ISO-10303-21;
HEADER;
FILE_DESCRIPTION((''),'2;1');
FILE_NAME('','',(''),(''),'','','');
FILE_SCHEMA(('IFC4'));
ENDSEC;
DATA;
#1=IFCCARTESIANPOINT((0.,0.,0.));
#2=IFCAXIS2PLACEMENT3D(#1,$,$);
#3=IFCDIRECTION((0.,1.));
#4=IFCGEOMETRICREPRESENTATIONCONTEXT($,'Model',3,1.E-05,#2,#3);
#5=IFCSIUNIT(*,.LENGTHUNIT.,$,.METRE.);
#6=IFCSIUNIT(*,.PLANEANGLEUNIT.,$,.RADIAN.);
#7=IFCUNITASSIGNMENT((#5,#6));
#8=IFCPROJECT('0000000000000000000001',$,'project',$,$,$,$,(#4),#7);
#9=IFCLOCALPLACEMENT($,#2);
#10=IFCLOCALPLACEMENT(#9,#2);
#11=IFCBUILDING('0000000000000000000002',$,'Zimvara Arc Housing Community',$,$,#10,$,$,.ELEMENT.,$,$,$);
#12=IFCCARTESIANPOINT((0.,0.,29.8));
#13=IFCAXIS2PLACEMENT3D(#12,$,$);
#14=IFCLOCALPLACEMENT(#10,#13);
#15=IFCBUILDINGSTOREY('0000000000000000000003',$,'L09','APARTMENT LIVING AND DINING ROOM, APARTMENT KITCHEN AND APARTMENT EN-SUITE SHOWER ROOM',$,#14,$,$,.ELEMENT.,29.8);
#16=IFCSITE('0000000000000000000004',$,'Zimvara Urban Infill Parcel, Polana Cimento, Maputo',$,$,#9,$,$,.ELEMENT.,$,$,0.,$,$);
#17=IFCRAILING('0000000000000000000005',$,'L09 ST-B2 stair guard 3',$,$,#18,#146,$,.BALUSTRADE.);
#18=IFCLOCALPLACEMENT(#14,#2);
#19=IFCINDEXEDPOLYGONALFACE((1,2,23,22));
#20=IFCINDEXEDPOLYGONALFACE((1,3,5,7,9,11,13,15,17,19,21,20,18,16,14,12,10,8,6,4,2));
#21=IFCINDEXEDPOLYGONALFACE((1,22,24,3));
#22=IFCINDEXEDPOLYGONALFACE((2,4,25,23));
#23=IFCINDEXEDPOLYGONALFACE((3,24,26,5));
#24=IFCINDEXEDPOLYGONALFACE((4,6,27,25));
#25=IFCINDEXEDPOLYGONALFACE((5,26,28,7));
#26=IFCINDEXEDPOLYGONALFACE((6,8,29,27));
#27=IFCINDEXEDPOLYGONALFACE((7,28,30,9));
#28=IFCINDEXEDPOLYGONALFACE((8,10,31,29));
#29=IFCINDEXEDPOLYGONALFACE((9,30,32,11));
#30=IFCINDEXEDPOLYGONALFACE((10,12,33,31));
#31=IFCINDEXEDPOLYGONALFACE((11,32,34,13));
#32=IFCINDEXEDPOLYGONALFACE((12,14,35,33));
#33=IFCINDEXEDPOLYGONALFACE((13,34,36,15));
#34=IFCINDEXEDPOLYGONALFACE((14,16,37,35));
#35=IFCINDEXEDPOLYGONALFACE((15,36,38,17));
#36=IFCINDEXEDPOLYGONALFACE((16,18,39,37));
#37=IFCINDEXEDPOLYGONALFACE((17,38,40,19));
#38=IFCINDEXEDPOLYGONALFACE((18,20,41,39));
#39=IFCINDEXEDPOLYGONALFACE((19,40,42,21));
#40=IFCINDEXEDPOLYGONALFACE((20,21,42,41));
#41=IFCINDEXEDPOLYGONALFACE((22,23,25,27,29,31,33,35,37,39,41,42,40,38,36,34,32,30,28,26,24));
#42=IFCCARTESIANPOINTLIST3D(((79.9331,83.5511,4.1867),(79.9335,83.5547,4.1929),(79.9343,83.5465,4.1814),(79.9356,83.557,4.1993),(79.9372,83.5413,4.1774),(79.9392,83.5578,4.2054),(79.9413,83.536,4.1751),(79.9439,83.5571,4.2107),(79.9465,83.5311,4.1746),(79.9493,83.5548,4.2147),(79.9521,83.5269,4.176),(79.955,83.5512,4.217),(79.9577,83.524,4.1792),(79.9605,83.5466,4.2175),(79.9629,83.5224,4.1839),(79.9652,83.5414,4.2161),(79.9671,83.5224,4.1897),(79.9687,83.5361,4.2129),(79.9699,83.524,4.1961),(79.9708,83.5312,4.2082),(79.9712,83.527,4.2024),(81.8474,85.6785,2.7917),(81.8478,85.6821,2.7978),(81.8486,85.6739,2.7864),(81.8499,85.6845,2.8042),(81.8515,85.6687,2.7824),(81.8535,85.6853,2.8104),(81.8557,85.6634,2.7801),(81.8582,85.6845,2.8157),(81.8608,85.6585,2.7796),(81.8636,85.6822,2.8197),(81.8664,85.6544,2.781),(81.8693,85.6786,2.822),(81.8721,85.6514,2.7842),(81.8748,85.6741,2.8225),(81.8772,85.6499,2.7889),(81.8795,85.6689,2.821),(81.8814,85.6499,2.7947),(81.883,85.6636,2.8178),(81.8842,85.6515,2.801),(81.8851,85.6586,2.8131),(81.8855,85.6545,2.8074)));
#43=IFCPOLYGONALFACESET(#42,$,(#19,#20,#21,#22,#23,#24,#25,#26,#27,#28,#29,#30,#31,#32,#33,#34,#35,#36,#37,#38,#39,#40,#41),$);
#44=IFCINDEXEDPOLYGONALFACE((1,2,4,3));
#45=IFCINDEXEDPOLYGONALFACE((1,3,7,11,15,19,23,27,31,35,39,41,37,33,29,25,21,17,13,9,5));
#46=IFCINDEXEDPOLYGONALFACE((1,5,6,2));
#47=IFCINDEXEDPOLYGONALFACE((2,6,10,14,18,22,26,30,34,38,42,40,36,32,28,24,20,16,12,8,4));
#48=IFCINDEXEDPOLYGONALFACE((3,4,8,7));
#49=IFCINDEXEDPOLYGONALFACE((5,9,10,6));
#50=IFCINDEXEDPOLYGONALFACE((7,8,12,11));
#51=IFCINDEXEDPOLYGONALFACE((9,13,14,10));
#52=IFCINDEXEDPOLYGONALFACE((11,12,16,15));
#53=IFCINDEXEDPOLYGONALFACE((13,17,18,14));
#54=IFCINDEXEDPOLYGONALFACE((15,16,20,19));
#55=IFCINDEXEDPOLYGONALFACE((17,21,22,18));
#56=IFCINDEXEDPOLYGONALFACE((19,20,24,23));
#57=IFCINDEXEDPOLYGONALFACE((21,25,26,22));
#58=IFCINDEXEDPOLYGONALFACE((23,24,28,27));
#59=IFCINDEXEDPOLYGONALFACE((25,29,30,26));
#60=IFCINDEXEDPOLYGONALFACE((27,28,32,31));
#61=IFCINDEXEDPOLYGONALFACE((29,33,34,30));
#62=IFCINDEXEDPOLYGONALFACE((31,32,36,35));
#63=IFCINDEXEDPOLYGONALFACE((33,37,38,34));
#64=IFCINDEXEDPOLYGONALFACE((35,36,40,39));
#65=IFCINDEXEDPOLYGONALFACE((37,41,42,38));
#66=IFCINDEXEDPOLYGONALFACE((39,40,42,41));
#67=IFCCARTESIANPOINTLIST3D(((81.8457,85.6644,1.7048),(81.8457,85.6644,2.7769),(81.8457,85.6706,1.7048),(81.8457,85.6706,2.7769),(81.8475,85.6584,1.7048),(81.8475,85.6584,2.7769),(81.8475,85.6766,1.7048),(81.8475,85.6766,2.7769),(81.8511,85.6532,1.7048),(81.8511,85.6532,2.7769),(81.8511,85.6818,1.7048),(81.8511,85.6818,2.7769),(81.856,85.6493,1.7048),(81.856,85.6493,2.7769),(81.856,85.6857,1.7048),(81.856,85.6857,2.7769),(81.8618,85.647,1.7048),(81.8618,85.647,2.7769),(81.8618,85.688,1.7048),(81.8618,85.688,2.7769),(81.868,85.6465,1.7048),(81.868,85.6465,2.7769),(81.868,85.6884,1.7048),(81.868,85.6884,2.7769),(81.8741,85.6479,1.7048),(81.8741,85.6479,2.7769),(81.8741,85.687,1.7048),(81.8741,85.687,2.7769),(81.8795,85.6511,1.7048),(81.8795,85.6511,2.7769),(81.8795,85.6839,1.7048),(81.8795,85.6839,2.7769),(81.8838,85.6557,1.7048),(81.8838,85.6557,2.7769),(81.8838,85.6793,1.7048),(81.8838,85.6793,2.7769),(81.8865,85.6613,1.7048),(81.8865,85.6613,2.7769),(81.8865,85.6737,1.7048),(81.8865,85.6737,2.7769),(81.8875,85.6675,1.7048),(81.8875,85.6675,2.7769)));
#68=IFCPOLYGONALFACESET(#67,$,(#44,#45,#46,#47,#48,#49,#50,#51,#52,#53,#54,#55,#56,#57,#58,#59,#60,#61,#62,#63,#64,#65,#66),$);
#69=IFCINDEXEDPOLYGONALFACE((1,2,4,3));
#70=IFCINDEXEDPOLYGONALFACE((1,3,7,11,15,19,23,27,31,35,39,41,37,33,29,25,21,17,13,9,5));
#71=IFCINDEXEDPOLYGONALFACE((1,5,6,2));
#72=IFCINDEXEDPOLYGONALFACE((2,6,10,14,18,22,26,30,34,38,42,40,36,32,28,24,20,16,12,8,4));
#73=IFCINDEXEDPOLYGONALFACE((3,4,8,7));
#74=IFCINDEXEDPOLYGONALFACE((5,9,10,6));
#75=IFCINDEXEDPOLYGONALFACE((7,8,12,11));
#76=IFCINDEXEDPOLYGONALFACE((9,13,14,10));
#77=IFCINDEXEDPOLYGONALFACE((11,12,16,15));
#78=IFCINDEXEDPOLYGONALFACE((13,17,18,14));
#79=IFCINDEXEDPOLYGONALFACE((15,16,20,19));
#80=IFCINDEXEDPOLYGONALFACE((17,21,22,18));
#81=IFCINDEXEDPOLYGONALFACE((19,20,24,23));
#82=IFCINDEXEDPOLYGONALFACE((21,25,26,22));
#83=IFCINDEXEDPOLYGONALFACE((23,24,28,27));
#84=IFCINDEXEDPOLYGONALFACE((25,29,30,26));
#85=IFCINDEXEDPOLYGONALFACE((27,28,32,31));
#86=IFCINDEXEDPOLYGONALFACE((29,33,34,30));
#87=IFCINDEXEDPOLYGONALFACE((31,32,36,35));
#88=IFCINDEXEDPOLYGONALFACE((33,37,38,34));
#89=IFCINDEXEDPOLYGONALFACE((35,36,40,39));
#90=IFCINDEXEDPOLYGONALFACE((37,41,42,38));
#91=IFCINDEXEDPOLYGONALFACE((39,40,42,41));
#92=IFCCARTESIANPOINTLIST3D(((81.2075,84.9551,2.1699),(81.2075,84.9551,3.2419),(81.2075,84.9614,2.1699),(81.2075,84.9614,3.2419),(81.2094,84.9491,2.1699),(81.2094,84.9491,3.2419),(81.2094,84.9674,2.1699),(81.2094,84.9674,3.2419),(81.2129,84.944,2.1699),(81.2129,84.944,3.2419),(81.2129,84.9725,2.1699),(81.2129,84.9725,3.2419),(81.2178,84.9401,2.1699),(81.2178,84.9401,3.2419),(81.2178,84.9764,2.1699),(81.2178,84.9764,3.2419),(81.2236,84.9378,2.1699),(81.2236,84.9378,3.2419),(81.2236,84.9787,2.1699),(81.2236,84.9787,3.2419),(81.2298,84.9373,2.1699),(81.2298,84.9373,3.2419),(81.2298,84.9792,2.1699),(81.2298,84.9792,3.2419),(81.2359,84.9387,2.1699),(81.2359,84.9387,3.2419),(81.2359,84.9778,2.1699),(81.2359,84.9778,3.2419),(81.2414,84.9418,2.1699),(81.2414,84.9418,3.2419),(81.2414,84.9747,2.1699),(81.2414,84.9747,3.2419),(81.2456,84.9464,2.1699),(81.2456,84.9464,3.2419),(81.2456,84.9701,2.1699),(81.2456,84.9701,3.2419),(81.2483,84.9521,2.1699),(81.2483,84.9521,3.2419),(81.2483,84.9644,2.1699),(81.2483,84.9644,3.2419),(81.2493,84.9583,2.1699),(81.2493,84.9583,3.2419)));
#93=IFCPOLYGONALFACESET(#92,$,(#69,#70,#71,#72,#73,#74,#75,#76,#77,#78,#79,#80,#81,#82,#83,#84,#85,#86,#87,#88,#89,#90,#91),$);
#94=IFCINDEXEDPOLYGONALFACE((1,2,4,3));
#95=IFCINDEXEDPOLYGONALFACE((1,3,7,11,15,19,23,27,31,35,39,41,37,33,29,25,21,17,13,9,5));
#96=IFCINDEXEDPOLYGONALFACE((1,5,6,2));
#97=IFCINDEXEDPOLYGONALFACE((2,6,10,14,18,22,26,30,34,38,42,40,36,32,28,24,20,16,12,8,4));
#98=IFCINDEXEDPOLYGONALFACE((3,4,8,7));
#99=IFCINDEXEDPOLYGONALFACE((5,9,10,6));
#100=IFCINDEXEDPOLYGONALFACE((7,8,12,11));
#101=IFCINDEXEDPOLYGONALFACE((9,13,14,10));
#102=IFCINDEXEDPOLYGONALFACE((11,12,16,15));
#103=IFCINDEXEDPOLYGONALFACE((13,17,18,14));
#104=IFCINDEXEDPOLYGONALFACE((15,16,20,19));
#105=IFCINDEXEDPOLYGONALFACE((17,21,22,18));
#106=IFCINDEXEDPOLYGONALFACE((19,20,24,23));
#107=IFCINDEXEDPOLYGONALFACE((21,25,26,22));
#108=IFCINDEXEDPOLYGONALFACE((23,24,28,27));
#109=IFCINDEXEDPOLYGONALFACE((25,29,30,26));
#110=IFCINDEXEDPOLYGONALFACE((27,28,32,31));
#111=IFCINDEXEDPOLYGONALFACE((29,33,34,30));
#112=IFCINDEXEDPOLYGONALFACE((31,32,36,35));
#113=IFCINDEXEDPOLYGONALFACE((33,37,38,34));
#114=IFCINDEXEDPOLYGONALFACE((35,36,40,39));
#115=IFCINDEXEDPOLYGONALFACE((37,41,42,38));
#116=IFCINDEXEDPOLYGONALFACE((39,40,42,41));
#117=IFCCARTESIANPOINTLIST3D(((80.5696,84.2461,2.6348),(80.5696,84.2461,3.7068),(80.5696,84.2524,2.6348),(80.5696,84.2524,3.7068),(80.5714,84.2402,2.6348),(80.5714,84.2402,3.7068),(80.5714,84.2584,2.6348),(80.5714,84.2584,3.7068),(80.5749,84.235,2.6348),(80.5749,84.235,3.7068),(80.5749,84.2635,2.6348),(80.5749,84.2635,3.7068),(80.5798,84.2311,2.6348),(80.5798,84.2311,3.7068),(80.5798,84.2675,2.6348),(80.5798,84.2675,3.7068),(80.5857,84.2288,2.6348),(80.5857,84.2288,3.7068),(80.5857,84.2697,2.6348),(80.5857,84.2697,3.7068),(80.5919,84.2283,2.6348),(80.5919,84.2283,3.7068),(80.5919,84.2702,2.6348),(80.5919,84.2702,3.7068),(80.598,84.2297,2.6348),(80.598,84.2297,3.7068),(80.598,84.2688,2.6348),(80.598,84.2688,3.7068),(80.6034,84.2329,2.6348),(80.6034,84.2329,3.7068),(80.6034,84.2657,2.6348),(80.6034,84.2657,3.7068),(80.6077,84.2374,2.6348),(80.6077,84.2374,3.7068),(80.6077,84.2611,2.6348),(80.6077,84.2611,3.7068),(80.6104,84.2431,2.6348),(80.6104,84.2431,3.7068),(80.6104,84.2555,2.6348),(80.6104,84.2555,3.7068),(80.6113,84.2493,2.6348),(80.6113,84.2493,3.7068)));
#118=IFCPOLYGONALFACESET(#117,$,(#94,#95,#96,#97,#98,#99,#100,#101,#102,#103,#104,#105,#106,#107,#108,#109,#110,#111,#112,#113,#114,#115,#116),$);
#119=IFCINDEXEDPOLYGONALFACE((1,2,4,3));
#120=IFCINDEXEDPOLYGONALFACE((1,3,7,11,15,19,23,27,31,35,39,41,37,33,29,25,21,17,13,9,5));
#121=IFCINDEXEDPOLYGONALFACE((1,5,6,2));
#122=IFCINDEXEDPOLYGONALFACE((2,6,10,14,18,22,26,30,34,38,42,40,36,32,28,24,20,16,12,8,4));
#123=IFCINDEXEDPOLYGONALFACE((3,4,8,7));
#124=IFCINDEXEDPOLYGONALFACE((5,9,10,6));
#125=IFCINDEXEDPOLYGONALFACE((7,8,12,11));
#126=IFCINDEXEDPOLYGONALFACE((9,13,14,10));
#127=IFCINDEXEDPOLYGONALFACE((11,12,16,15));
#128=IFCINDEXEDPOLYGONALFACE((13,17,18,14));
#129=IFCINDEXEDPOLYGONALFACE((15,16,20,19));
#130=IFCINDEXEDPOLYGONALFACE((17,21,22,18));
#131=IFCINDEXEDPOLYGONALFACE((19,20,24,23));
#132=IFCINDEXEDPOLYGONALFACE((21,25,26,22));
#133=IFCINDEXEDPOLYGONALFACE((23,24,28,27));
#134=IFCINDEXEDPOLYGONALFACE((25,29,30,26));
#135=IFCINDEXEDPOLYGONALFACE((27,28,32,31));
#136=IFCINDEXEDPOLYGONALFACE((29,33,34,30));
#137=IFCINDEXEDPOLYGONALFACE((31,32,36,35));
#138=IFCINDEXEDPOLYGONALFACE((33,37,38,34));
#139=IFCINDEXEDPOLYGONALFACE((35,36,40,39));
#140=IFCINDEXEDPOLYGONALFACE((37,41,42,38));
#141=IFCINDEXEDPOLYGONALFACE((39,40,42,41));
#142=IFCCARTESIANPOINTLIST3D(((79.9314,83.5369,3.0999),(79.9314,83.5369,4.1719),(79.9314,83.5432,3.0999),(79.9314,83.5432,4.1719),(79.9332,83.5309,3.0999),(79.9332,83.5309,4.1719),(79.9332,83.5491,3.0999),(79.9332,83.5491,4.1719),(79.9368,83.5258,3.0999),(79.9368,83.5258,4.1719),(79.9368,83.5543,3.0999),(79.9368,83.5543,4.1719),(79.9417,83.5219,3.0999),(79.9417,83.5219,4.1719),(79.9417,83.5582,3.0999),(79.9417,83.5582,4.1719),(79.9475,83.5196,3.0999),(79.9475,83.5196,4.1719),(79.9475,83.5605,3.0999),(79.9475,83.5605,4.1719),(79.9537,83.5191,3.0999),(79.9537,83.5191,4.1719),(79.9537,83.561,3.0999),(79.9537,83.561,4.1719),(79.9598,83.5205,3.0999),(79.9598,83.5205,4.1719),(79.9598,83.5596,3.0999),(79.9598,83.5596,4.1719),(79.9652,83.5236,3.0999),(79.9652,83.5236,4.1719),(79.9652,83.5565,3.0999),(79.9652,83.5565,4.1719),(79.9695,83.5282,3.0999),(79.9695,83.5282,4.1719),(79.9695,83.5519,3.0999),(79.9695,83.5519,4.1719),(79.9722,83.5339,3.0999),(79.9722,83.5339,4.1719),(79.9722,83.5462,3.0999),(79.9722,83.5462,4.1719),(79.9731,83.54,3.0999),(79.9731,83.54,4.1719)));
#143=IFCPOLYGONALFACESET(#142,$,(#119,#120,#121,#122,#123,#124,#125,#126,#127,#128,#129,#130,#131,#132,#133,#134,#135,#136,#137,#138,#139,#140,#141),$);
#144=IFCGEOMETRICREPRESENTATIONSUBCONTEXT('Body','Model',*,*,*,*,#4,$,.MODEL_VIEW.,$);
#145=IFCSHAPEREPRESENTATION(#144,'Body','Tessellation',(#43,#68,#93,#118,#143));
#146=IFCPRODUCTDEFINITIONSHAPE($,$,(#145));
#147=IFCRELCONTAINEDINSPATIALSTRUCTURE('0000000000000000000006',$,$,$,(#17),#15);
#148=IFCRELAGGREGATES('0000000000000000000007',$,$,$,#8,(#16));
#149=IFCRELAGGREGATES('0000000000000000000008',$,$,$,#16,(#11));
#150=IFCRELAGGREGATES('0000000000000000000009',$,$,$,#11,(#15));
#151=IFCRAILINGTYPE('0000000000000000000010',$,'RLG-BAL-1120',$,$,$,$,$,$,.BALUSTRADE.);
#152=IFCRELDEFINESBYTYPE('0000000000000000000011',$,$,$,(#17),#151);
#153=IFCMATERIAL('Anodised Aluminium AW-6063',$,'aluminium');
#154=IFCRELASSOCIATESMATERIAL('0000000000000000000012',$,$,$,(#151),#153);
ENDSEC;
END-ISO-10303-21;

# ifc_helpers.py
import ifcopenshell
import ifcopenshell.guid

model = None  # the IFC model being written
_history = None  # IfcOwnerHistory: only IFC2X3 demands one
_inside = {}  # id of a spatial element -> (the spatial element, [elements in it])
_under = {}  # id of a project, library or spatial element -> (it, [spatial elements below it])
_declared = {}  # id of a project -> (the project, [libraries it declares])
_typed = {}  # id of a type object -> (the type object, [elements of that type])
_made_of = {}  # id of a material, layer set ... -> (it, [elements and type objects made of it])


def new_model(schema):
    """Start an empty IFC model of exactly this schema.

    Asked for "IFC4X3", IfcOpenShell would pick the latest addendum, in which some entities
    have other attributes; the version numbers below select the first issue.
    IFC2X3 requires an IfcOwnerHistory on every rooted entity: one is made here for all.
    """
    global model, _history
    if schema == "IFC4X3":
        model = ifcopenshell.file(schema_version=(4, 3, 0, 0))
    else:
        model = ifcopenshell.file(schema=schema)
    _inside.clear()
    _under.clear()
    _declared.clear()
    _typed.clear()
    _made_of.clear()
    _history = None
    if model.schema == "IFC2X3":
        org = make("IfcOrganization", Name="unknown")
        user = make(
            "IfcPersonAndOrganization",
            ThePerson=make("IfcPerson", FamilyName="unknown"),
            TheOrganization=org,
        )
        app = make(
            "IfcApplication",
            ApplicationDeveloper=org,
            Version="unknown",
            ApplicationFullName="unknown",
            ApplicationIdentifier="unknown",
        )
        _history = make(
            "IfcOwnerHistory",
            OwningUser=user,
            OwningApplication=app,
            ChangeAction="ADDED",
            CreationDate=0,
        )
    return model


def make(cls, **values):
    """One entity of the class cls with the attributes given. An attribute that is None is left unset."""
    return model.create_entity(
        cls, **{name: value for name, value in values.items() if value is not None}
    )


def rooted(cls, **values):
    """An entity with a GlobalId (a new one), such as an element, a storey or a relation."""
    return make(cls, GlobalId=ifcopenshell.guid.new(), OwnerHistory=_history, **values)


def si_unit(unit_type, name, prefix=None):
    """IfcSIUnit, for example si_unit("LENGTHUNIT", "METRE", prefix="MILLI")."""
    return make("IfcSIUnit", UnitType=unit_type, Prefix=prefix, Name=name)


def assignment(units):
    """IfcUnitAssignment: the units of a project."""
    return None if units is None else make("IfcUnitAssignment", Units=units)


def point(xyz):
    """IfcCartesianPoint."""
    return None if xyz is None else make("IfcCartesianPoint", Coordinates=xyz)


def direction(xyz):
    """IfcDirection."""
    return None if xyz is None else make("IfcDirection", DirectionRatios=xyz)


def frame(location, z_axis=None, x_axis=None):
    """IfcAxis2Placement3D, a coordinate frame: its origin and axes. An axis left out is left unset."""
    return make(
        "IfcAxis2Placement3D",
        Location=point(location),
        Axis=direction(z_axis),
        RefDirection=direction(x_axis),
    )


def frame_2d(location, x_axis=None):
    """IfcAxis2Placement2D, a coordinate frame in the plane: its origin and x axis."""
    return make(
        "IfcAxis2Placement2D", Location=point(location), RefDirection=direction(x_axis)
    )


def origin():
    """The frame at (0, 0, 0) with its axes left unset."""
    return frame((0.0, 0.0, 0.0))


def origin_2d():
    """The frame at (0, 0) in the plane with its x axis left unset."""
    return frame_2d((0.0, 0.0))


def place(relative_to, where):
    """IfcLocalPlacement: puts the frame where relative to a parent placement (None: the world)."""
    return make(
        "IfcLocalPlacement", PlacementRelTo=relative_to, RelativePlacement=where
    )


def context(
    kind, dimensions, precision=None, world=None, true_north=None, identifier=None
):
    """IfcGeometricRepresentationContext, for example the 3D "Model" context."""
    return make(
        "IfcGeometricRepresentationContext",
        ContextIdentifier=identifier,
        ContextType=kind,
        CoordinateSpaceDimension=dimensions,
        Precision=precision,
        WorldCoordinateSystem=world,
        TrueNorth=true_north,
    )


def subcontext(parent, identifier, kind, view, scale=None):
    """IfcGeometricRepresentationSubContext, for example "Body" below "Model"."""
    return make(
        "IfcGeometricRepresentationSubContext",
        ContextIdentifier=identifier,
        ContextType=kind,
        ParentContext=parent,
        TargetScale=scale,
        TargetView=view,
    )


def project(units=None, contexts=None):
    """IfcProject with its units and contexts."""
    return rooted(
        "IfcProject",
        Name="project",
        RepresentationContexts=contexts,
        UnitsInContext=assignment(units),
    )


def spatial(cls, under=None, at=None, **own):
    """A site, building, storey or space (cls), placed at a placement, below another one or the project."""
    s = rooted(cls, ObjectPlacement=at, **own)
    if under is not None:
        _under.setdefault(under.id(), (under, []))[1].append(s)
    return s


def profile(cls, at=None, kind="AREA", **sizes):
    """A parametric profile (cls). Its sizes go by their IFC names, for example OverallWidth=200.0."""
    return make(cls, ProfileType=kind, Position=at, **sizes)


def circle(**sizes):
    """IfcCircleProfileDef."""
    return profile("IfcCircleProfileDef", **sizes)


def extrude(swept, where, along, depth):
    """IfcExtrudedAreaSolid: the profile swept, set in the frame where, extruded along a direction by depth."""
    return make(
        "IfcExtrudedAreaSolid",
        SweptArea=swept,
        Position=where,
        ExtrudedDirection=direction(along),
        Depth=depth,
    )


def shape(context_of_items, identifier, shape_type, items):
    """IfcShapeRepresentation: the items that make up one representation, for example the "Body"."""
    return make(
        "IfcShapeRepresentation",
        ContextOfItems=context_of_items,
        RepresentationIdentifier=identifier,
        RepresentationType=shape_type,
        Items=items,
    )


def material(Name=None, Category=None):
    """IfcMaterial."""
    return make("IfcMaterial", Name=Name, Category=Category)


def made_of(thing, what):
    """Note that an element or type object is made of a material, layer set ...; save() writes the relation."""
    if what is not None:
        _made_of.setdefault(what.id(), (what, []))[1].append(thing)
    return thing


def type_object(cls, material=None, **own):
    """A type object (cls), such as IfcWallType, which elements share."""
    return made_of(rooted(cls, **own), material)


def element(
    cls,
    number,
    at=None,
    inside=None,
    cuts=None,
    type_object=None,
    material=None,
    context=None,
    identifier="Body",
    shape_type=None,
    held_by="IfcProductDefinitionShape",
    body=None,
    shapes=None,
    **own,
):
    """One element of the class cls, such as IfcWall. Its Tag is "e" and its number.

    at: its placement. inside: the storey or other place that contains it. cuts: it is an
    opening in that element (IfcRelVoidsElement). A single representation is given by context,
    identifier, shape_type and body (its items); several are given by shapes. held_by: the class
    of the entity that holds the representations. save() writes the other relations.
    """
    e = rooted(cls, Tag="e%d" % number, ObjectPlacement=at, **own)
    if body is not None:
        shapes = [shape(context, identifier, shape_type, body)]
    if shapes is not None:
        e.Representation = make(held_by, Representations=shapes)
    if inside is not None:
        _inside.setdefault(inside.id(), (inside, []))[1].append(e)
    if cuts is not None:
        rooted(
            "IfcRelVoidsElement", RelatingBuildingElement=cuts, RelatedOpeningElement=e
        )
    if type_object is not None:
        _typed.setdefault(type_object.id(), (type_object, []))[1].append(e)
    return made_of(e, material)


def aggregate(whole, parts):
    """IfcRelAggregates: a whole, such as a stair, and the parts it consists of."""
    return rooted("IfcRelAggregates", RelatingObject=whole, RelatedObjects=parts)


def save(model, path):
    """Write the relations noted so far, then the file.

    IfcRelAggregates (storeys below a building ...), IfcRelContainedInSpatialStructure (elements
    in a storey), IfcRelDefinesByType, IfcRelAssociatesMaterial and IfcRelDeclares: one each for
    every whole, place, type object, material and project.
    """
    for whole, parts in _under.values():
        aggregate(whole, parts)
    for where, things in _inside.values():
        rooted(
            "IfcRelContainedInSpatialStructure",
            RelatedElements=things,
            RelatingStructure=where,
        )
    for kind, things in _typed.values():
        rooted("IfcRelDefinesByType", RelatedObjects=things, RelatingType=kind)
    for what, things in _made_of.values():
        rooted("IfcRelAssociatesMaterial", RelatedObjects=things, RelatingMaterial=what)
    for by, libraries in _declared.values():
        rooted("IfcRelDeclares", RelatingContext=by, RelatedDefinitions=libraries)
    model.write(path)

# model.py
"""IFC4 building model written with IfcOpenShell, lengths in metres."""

from ifc_helpers import new_model, si_unit, direction, frame, origin, origin_2d, place, context, subcontext, project, spatial, circle, extrude, material, type_object, element, save


model = new_model("IFC4")

# Units and contexts
model_context = context("Model", 3, precision=1e-05, world=origin(), true_north=direction((0.0, 1.0)))
body_context = subcontext(model_context, "Body", "Model", "MODEL_VIEW")
ifc_project = project(units=[si_unit("LENGTHUNIT", "METRE"), si_unit("PLANEANGLEUNIT", "RADIAN")], contexts=[model_context])

# Site, building, storey
site_placement = place(None, origin())
site = spatial("IfcSite", under=ifc_project, at=site_placement, Name="Zimvara Urban Infill Parcel, Polana Cimento, Maputo", CompositionType="ELEMENT", RefElevation=0.0)
building_placement = place(site_placement, origin())
building = spatial("IfcBuilding", under=site, at=building_placement, Name="Zimvara Arc Housing Community", CompositionType="ELEMENT")
storey_placement = place(building_placement, frame((0.0, 0.0, 29.8)))
storey = spatial("IfcBuildingStorey", under=building, at=storey_placement, Name="L09", Description="APARTMENT LIVING AND DINING ROOM, APARTMENT KITCHEN AND APARTMENT EN-SUITE SHOWER ROOM", CompositionType="ELEMENT", Elevation=29.8)

# Railing
ifc_material_1 = material(Name="Anodised Aluminium AW-6063", Category="aluminium")
railing_type_1 = type_object("IfcRailingType", Name="RLG-BAL-1120", PredefinedType="BALUSTRADE", material=ifc_material_1)
railing_1_placement = place(storey_placement, frame((81.8665, 85.6675, 1.7048)))
element("IfcRailing", 1, at=railing_1_placement, inside=storey, type_object=railing_type_1, Name="L09 ST-B2 stair guard 3", PredefinedType="BALUSTRADE", context=body_context, shape_type="SweptSolid", body=[
    extrude(circle(Radius=0.0239, at=origin_2d()), frame((0.0, 0.0, 1.0962), z_axis=(-0.601263, -0.668206, 0.43816), x_axis=(0.743362, -0.668889, 0.0)), (0.0, 0.0, 1.0), 3.1838),
    extrude(circle(Radius=0.021, at=origin_2d()), origin(), (0.0, 0.0, 1.0), 1.072),
    extrude(circle(Radius=0.021, at=origin_2d()), frame((-0.6382, -0.7092, 0.4651)), (0.0, 0.0, 1.0), 1.072),
    extrude(circle(Radius=0.021, at=origin_2d()), frame((-1.2761, -1.4182, 0.9299)), (0.0, 0.0, 1.0), 1.072),
    extrude(circle(Radius=0.021, at=origin_2d()), frame((-1.9143, -2.1274, 1.395)), (0.0, 0.0, 1.0), 1.072),
])

save(model, "model.ifc")
